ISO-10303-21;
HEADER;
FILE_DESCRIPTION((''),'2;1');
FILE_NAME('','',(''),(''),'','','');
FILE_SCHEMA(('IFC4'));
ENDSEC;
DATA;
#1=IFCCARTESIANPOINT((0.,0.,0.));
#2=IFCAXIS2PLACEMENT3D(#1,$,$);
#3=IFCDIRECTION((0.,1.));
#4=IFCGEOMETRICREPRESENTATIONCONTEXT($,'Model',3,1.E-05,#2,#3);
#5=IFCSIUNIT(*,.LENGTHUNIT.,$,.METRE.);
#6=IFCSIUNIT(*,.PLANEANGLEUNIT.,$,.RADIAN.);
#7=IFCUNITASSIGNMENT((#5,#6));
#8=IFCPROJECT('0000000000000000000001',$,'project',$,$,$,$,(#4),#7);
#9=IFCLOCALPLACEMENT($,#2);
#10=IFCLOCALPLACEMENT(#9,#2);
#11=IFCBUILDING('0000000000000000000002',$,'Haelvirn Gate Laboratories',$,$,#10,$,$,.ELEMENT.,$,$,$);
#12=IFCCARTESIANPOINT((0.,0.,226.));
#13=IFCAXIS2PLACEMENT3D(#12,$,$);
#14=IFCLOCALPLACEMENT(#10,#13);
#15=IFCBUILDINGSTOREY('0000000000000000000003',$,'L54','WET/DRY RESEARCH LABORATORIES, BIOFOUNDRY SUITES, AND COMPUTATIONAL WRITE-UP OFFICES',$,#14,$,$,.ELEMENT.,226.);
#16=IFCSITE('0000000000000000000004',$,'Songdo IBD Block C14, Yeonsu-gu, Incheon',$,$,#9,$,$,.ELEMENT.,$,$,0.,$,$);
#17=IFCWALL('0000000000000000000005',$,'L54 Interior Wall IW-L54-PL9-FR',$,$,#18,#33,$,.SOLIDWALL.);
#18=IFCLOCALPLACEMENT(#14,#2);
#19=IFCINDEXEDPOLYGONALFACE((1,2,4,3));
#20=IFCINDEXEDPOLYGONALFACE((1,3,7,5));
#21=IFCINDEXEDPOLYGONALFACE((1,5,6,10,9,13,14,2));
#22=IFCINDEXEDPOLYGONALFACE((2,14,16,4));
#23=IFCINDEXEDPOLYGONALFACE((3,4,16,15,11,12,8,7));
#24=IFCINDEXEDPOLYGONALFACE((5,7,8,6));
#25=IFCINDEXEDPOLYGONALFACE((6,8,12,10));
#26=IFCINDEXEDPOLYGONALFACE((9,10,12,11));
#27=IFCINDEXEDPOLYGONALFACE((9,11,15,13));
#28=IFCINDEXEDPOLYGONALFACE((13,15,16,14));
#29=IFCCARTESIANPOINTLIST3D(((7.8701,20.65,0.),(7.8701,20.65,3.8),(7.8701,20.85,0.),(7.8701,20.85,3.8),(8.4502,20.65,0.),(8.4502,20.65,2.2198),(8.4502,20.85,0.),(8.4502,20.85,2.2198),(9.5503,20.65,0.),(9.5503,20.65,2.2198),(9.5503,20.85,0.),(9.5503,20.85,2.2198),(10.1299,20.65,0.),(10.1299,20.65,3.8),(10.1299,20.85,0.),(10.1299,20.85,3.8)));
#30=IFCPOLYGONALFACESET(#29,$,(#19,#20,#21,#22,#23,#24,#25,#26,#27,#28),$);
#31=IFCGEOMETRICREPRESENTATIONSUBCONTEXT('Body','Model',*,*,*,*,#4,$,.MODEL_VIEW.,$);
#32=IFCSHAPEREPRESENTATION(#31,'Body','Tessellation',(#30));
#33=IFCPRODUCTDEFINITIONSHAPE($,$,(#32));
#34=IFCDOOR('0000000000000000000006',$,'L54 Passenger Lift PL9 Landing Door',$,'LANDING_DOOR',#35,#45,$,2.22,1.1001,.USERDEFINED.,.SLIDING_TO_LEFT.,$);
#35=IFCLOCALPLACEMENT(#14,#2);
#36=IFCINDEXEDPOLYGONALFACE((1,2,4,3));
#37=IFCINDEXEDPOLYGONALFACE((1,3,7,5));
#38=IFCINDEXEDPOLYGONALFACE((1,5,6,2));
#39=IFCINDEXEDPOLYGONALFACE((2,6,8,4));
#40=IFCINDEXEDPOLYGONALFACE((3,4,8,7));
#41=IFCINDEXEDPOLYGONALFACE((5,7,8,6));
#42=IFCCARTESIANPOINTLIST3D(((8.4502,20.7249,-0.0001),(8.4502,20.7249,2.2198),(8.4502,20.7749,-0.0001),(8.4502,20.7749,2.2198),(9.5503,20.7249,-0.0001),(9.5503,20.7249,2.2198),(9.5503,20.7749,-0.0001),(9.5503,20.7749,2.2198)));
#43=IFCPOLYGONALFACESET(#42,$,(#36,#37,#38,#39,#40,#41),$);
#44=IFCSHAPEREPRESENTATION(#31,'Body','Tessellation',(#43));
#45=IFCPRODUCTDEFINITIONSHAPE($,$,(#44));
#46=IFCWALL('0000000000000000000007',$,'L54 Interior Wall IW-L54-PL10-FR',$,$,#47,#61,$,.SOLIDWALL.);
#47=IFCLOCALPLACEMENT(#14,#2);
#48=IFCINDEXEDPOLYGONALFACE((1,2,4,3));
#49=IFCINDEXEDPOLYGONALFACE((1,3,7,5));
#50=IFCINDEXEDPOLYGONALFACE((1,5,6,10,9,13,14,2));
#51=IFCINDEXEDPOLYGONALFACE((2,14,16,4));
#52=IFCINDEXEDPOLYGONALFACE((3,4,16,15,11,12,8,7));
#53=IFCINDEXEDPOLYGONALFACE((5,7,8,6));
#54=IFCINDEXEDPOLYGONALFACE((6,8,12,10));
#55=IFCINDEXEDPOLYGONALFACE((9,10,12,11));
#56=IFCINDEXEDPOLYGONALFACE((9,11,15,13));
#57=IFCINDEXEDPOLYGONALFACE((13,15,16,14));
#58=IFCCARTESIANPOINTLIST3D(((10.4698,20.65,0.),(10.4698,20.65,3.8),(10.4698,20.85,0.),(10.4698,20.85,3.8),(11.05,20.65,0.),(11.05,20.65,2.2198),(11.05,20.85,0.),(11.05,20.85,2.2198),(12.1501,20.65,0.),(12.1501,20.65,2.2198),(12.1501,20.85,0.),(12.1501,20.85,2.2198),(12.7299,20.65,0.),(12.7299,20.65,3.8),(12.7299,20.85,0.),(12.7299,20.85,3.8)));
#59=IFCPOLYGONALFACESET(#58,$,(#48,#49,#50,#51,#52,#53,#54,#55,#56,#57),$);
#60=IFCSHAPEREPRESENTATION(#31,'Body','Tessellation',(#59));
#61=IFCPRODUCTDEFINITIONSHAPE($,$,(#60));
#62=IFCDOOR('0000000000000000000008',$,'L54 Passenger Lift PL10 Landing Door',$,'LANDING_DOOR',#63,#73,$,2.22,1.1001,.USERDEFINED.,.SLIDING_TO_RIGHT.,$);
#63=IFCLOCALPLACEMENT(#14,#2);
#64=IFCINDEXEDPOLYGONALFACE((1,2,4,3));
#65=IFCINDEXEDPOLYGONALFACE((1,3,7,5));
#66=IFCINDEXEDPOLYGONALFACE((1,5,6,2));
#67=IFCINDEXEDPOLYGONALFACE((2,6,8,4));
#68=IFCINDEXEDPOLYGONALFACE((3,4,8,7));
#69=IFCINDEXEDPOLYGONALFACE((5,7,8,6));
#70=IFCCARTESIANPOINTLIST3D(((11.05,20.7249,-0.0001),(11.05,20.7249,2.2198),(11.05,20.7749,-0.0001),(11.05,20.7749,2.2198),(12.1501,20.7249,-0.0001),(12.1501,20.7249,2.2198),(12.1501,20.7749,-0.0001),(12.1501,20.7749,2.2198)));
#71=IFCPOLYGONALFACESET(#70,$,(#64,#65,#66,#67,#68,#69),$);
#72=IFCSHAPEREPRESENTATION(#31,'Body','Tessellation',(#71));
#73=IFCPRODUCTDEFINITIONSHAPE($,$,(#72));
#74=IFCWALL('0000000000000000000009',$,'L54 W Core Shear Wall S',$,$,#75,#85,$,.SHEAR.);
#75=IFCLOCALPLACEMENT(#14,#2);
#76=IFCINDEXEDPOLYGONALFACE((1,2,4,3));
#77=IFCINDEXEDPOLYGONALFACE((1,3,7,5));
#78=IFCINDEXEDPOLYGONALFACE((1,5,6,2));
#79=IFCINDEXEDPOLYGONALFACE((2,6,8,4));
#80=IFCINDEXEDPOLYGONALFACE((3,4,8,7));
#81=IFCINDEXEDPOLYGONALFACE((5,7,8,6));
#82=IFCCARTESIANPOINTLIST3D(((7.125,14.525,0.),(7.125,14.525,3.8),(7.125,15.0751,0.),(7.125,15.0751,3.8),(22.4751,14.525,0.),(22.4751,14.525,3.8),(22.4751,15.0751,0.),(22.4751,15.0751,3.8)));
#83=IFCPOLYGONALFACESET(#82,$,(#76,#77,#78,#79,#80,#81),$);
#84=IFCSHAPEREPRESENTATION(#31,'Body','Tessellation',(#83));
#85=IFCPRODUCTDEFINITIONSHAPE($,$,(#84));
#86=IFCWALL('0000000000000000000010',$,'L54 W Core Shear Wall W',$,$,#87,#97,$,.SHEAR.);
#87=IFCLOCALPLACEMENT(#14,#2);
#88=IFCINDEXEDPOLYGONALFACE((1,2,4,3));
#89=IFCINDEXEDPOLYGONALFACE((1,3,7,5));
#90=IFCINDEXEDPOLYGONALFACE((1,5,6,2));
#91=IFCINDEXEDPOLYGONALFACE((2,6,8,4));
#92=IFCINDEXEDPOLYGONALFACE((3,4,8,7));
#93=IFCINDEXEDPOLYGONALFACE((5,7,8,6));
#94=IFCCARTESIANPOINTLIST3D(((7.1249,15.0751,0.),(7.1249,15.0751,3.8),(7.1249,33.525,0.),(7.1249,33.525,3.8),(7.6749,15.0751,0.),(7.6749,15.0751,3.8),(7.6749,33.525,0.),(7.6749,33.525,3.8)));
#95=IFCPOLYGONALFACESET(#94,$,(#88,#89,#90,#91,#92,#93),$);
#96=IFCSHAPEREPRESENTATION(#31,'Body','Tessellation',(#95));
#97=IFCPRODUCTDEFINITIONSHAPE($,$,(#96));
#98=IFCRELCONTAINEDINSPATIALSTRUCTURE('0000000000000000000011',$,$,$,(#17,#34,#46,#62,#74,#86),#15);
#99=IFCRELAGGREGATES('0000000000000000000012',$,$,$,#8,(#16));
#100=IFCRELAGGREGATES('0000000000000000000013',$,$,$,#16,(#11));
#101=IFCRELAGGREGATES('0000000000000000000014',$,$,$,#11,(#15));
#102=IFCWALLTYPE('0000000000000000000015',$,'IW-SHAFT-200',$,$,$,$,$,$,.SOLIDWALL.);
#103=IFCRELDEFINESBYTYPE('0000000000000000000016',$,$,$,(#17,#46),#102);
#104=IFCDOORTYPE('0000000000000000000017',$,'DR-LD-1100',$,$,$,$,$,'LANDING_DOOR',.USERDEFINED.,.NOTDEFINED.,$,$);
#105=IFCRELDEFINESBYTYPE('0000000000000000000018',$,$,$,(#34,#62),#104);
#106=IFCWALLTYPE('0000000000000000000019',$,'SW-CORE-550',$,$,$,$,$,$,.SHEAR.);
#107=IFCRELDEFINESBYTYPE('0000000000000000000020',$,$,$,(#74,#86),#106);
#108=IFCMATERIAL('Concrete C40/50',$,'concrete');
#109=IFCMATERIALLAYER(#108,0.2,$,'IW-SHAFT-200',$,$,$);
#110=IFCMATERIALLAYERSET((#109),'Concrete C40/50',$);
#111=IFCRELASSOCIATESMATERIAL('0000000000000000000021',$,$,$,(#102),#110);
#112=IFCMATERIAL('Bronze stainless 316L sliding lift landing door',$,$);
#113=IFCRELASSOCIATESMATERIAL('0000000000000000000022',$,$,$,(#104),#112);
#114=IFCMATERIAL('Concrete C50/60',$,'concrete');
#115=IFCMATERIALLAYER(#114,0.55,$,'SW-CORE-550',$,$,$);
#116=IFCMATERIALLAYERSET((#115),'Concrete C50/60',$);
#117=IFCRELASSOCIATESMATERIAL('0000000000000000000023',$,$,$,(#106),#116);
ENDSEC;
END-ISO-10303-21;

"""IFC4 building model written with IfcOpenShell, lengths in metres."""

from ifc_helpers import new_model, si_unit, direction, frame, frame_2d, origin, place, context, subcontext, project, spatial, rectangle, extrude, source, transform, mapped, material, layer, layer_set, type_object, type_shapes, element, fill, save


model = new_model("IFC4")

# Units and contexts
model_context = context("Model", 3, precision=1e-05, world=origin(), true_north=direction((0.0, 1.0)))
body_context = subcontext(model_context, "Body", "Model", "MODEL_VIEW")
ifc_project = project(units=[si_unit("LENGTHUNIT", "METRE"), si_unit("PLANEANGLEUNIT", "RADIAN")], contexts=[model_context])

# Site, building, storey
site_placement = place(None, origin())
site = spatial("IfcSite", under=ifc_project, at=site_placement, Name="Songdo IBD Block C14, Yeonsu-gu, Incheon", CompositionType="ELEMENT", RefElevation=0.0)
building_placement = place(site_placement, origin())
building = spatial("IfcBuilding", under=site, at=building_placement, Name="Haelvirn Gate Laboratories", CompositionType="ELEMENT")
storey_placement = place(building_placement, frame((0.0, 0.0, 226.0)))
storey = spatial("IfcBuildingStorey", under=building, at=storey_placement, Name="L54", Description="WET/DRY RESEARCH LABORATORIES, BIOFOUNDRY SUITES, AND COMPUTATIONAL WRITE-UP OFFICES", CompositionType="ELEMENT", Elevation=226.0)

# Shared definitions
ifc_material_1 = material(Name="Concrete C50/60", Category="concrete")

# Shared definitions
ifc_material_2 = material(Name="Concrete C40/50", Category="concrete")

# Walls, openings, doors
ifc_layer_1 = layer(ifc_material_2, 0.2, Name="IW-SHAFT-200")
ifc_layer_set_1 = layer_set([ifc_layer_1], Name="Concrete C40/50")
wall_type_1 = type_object("IfcWallType", Name="IW-SHAFT-200", PredefinedType="SOLIDWALL", material=ifc_layer_set_1)
wall_1_placement = place(storey_placement, frame((7.8701, 20.75, 0.0), z_axis=(0.0, 0.0, 1.0), x_axis=(1.0, 0.0, 0.0)))
wall_1 = element("IfcWall", 1, at=wall_1_placement, inside=storey, type_object=wall_type_1, Name="L54 Interior Wall IW-L54-PL9-FR", PredefinedType="SOLIDWALL", context=body_context, shape_type="SweptSolid", body=[
    extrude(rectangle(XDim=2.2598, YDim=0.2, at=frame_2d((1.1299, 0.0))), origin(), (0.0, 0.0, 1.0), 3.8),
])
opening_1_placement = place(wall_1_placement, frame((0.5801, 0.0, 0.0)))
opening_1 = element("IfcOpeningElement", 2, at=opening_1_placement, cuts=wall_1, PredefinedType="OPENING", context=body_context, shape_type="SweptSolid", body=[
    extrude(rectangle(XDim=1.1001, YDim=2.22, at=frame_2d((0.55, 1.1099))), frame((0.0, 0.1099, 0.0), z_axis=(0.0, -1.0, 0.0), x_axis=(1.0, 0.0, 0.0)), (0.0, 0.0, 1.0), 0.22),
])
ifc_material_3 = material(Name="Bronze stainless 316L sliding lift landing door")
door_type_1 = type_object("IfcDoorType", Name="DR-LD-1100", ElementType="LANDING_DOOR", OperationType="NOTDEFINED", PredefinedType="USERDEFINED", material=ifc_material_3)
shared_shape_1 = source(origin(), body_context, "Body", "SweptSolid", [
    extrude(rectangle(XDim=1.1001, YDim=2.22, at=frame_2d((0.55, 1.1099))), frame((0.0, 0.0249, 0.0), z_axis=(0.0, -1.0, 0.0), x_axis=(1.0, 0.0, 0.0)), (0.0, 0.0, 1.0), 0.05),
])
type_shapes(door_type_1, [shared_shape_1])
door_1_placement = place(opening_1_placement, origin())
door_1 = element("IfcDoor", 3, at=door_1_placement, inside=storey, type_object=door_type_1, Name="L54 Passenger Lift PL9 Landing Door", ObjectType="LANDING_DOOR", OperationType="SLIDING_TO_LEFT", OverallHeight=2.22, OverallWidth=1.1001, PredefinedType="USERDEFINED", context=body_context, shape_type="MappedRepresentation", body=[
    mapped(shared_shape_1, transform((0.0, 0.0, 0.0), scale=1.0)),
])
fill(opening_1, door_1)
wall_2_placement = place(storey_placement, frame((10.47, 20.75, 0.0), z_axis=(0.0, 0.0, 1.0), x_axis=(1.0, 0.0, 0.0)))
wall_2 = element("IfcWall", 4, at=wall_2_placement, inside=storey, type_object=wall_type_1, Name="L54 Interior Wall IW-L54-PL10-FR", PredefinedType="SOLIDWALL", context=body_context, shape_type="SweptSolid", body=[
    extrude(rectangle(XDim=2.26, YDim=0.2, at=frame_2d((1.1299, 0.0))), origin(), (0.0, 0.0, 1.0), 3.8),
])
opening_2_placement = place(wall_2_placement, frame((0.5801, 0.0, 0.0)))
opening_2 = element("IfcOpeningElement", 5, at=opening_2_placement, cuts=wall_2, PredefinedType="OPENING", context=body_context, shape_type="SweptSolid", body=[
    extrude(rectangle(XDim=1.1001, YDim=2.22, at=frame_2d((0.55, 1.1099))), frame((0.0, 0.1099, 0.0), z_axis=(0.0, -1.0, 0.0), x_axis=(1.0, 0.0, 0.0)), (0.0, 0.0, 1.0), 0.22),
])
door_2_placement = place(opening_2_placement, origin())
door_2 = element("IfcDoor", 6, at=door_2_placement, inside=storey, type_object=door_type_1, Name="L54 Passenger Lift PL10 Landing Door", ObjectType="LANDING_DOOR", OperationType="SLIDING_TO_RIGHT", OverallHeight=2.22, OverallWidth=1.1001, PredefinedType="USERDEFINED", context=body_context, shape_type="MappedRepresentation", body=[
    mapped(shared_shape_1, transform((0.0, 0.0, 0.0), scale=1.0)),
])
fill(opening_2, door_2)

# Walls
ifc_layer_2 = layer(ifc_material_1, 0.55, Name="SW-CORE-550")
ifc_layer_set_2 = layer_set([ifc_layer_2], Name="Concrete C50/60")
wall_type_2 = type_object("IfcWallType", Name="SW-CORE-550", PredefinedType="SHEAR", material=ifc_layer_set_2)
wall_3_placement = place(storey_placement, frame((7.125, 14.8, 0.0), z_axis=(0.0, 0.0, 1.0), x_axis=(1.0, 0.0, 0.0)))
element("IfcWall", 7, at=wall_3_placement, inside=storey, type_object=wall_type_2, Name="L54 W Core Shear Wall S", PredefinedType="SHEAR", context=body_context, shape_type="SweptSolid", body=[
    extrude(rectangle(XDim=15.3501, YDim=0.55, at=frame_2d((7.675, 0.0))), origin(), (0.0, 0.0, 1.0), 3.8),
])
wall_4_placement = place(storey_placement, frame((7.3999, 15.075, 0.0), z_axis=(0.0, 0.0, 1.0), x_axis=(0.0, 1.0, 0.0)))
element("IfcWall", 8, at=wall_4_placement, inside=storey, type_object=wall_type_2, Name="L54 W Core Shear Wall W", PredefinedType="SHEAR", context=body_context, shape_type="SweptSolid", body=[
    extrude(rectangle(XDim=18.45, YDim=0.55, at=frame_2d((9.2251, 0.0))), origin(), (0.0, 0.0, 1.0), 3.8),
])

save(model, "model.ifc")
